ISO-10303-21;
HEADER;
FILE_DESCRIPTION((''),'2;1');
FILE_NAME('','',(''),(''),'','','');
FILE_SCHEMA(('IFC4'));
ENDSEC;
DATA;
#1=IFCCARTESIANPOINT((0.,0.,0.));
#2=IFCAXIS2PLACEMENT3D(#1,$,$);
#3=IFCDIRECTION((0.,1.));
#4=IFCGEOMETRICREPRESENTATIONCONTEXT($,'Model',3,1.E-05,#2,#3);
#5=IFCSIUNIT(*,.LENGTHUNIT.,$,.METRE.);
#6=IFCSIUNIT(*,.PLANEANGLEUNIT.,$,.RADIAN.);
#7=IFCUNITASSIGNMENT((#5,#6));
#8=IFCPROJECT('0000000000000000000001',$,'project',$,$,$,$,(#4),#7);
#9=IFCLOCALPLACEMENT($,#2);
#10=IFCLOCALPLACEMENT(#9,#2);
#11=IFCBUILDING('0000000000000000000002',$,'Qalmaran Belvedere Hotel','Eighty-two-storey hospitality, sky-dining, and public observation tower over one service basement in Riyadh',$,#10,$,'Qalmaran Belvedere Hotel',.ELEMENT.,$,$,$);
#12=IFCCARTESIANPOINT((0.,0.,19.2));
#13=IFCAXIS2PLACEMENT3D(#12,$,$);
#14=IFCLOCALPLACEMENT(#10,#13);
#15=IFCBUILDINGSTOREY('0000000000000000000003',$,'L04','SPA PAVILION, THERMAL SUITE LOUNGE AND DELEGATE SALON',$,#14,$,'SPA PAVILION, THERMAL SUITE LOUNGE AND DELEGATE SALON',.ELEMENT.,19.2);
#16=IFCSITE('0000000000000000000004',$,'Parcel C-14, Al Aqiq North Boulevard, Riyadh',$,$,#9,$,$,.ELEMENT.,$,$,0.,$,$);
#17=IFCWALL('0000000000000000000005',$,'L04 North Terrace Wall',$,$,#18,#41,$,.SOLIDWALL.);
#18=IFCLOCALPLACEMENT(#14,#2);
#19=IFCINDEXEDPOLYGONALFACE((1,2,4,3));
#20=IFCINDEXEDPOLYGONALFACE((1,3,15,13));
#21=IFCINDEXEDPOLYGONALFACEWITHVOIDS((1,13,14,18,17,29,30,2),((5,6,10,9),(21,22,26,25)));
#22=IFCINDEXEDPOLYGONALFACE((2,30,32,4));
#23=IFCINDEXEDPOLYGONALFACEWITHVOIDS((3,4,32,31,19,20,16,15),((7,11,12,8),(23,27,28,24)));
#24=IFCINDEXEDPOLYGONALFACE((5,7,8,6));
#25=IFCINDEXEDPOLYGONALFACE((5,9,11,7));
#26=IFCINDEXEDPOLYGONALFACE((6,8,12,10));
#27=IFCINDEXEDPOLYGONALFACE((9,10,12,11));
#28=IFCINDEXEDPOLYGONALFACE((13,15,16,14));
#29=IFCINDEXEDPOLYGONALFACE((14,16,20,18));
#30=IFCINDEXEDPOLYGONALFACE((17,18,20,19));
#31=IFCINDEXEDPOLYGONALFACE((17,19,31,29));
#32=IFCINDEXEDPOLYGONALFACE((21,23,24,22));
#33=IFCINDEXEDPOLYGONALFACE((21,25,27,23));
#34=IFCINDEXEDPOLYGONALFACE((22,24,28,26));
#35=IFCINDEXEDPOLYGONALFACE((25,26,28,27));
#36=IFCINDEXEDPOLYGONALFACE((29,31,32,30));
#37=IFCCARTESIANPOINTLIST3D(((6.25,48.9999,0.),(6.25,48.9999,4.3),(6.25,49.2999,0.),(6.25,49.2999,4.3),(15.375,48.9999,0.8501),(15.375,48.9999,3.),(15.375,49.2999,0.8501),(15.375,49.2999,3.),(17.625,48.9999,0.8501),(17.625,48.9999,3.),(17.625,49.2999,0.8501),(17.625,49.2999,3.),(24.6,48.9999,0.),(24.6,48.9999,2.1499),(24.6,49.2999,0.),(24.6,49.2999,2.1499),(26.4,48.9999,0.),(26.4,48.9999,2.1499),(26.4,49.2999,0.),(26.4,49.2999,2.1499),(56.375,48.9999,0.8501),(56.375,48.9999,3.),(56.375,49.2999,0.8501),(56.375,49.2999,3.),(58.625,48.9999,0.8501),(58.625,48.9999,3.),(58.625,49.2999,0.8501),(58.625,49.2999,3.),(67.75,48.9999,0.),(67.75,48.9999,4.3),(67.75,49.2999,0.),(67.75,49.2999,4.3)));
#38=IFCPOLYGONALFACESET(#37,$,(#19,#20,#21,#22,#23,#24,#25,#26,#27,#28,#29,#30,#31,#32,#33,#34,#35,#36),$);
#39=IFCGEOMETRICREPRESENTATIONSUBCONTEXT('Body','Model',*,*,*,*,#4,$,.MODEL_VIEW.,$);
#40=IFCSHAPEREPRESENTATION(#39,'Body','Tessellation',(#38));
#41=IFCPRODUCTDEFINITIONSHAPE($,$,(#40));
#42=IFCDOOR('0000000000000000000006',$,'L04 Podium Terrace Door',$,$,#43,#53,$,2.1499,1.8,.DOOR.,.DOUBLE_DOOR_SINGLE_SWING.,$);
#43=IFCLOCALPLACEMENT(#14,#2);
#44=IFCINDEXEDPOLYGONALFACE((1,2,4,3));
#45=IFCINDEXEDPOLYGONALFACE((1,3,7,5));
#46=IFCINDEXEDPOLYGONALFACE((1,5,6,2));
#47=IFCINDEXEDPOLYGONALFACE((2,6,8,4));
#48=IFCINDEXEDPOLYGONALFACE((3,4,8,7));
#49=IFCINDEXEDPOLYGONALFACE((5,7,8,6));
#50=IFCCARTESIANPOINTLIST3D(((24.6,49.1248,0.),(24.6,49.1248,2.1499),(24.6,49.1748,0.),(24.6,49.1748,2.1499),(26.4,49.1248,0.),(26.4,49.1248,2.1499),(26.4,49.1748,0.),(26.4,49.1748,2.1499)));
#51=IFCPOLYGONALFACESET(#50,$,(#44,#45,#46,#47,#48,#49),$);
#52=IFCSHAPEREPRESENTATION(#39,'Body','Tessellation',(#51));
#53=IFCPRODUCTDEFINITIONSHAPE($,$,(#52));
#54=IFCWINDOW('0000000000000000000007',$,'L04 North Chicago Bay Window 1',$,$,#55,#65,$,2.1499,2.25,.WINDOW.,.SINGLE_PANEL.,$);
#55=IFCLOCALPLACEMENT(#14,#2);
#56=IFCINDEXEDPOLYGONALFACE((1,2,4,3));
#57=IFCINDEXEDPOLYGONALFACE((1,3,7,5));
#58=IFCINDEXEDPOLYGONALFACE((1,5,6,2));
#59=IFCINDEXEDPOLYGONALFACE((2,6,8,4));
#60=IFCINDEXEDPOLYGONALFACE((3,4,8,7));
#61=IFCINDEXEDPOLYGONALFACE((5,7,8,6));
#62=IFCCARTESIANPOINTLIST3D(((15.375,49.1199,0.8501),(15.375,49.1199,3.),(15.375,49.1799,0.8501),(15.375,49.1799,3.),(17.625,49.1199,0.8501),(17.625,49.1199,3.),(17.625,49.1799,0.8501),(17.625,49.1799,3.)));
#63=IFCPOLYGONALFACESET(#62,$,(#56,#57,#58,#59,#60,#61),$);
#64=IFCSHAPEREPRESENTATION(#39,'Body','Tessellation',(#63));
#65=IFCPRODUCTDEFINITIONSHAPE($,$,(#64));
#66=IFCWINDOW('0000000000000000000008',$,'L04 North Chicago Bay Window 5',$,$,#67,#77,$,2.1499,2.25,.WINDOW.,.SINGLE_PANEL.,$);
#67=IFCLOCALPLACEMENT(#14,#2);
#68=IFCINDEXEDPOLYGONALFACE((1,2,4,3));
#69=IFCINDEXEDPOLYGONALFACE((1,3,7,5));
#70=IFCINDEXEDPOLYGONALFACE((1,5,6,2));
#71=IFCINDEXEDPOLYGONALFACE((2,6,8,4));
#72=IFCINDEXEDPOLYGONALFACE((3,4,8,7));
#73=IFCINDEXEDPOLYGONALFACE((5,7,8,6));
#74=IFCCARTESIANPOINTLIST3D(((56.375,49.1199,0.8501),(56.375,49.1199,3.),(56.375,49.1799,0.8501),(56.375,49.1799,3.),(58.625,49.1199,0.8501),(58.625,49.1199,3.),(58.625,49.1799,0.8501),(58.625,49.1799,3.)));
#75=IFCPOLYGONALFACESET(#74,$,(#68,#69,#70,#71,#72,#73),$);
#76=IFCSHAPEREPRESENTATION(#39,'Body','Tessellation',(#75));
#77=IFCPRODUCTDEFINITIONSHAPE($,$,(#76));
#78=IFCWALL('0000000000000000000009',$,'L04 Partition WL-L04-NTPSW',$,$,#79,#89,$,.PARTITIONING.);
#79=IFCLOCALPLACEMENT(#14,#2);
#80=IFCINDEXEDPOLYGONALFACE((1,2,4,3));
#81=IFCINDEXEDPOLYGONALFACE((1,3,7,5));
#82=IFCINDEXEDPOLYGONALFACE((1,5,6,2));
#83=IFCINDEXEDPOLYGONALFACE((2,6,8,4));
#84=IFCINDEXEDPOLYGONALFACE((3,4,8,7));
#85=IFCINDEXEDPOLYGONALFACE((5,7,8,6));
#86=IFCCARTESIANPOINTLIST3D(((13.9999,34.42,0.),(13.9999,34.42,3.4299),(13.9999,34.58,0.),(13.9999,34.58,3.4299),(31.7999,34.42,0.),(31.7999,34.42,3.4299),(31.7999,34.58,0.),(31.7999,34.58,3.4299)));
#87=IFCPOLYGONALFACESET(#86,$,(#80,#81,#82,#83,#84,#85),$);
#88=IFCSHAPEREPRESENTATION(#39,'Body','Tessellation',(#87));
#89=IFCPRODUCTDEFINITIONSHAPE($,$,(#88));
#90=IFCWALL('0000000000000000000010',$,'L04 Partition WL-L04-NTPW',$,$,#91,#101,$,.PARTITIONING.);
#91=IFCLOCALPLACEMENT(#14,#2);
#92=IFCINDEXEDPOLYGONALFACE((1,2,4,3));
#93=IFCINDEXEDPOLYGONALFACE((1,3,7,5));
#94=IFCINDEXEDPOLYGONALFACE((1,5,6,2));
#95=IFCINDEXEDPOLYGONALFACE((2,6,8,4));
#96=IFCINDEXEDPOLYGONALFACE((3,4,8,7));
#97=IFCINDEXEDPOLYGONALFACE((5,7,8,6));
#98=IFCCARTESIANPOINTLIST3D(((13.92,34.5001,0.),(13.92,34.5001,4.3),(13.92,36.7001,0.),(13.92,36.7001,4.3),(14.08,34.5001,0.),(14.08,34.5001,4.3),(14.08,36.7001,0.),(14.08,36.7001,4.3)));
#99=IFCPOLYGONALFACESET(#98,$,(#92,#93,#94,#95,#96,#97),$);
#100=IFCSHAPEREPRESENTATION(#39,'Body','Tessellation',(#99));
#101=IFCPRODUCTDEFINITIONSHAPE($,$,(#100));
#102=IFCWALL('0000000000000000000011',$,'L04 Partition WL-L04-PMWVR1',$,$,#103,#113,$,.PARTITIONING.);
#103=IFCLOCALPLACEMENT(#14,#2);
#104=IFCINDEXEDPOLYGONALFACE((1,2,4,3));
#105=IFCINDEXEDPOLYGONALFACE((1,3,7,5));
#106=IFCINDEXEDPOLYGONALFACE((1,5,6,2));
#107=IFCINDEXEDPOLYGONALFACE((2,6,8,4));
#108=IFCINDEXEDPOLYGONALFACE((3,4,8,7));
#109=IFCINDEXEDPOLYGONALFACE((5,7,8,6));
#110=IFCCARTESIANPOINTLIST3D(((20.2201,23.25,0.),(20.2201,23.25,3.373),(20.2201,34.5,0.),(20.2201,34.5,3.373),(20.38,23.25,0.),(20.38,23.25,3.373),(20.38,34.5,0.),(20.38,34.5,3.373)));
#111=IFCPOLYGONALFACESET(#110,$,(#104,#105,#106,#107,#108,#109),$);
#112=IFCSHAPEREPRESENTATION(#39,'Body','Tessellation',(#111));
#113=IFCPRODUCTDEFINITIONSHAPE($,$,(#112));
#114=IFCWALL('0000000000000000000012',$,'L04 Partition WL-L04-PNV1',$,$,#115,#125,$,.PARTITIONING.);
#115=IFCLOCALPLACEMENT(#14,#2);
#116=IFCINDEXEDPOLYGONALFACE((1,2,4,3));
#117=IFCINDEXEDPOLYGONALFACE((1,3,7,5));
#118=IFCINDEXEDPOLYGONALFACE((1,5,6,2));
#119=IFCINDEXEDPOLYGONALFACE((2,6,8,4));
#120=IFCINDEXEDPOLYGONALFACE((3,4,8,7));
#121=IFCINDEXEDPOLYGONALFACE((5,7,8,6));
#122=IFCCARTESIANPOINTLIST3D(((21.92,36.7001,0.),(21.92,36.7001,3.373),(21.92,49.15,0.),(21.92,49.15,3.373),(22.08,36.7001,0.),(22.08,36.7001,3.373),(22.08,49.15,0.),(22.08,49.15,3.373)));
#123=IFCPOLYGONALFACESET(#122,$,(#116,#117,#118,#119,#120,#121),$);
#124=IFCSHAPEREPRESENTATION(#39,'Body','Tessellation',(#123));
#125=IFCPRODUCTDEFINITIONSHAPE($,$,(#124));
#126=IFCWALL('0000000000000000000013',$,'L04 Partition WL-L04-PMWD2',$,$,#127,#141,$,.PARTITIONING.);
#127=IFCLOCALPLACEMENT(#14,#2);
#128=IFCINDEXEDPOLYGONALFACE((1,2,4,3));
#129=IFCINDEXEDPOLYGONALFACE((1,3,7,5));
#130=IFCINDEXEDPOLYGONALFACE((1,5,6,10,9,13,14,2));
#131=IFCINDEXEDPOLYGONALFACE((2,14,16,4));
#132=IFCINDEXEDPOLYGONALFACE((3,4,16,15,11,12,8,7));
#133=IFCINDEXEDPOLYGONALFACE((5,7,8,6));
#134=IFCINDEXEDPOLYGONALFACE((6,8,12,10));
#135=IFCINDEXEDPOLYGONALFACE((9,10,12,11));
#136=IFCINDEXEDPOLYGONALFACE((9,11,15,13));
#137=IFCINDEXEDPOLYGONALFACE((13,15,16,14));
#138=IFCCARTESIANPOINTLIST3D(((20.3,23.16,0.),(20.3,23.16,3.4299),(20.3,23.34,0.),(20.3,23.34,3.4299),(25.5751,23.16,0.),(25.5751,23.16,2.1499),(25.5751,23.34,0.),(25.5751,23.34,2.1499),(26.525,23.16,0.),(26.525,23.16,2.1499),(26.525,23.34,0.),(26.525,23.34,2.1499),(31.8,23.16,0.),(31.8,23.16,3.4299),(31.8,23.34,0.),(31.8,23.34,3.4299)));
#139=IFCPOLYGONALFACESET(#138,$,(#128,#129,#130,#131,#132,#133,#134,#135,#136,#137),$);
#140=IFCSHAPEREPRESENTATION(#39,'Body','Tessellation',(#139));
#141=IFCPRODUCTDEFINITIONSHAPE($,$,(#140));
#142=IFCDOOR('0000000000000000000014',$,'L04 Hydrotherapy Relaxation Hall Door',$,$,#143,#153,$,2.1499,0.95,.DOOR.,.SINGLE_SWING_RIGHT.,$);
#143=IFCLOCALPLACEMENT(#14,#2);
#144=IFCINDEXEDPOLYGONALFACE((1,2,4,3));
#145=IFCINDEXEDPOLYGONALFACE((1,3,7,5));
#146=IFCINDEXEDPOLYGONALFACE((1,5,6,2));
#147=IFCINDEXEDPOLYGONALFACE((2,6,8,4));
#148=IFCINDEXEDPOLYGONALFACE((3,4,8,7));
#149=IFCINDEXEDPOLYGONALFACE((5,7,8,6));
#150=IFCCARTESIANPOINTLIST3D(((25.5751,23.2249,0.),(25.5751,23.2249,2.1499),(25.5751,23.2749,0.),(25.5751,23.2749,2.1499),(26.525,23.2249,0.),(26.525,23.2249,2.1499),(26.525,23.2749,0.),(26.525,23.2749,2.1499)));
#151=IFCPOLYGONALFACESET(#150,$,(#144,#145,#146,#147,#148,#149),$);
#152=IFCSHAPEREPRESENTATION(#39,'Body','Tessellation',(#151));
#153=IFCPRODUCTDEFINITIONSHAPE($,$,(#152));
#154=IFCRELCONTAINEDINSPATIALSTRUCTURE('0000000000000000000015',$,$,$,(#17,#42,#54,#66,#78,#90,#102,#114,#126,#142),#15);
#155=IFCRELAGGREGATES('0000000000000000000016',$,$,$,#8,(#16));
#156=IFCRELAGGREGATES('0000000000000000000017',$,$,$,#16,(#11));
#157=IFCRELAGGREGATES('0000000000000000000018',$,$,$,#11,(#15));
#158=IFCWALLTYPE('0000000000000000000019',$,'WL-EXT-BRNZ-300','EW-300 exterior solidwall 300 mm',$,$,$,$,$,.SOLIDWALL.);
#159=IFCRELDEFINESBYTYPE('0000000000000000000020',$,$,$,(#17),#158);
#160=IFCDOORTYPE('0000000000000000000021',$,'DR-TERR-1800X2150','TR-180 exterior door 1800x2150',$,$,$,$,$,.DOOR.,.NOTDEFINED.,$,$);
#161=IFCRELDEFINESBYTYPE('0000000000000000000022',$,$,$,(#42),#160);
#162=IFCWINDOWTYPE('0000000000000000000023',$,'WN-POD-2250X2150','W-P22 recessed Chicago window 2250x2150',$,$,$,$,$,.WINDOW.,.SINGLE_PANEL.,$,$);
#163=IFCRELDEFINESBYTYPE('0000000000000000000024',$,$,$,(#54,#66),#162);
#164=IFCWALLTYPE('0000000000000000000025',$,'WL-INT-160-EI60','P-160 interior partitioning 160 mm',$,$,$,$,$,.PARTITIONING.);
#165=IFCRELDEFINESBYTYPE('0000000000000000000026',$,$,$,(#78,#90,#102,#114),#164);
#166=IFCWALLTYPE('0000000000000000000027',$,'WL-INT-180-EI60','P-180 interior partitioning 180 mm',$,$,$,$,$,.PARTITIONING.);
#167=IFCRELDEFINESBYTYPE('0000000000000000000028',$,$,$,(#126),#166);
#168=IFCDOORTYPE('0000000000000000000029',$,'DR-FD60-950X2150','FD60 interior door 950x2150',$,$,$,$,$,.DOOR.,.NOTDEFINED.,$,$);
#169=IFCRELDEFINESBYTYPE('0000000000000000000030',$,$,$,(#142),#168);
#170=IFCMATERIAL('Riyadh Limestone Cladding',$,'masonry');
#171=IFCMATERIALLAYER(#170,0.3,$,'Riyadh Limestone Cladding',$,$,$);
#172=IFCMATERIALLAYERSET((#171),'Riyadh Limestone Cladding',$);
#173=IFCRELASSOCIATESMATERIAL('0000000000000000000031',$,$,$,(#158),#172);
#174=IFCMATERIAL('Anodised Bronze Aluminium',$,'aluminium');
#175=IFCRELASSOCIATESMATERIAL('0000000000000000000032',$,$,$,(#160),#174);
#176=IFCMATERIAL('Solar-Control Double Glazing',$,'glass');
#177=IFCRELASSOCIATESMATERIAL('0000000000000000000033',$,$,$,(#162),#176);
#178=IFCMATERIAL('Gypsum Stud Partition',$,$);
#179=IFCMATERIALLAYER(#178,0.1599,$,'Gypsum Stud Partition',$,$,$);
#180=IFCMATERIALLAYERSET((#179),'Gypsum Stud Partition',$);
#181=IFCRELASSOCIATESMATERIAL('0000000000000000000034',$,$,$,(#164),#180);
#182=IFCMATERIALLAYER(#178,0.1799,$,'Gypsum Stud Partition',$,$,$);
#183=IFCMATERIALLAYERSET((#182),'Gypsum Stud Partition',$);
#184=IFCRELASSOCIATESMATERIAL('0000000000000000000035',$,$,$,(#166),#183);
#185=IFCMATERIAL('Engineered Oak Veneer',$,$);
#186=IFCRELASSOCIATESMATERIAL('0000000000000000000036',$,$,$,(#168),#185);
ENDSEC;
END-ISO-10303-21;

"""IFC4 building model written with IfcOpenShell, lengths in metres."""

from ifc_helpers import new_model, si_unit, direction, frame, frame_2d, origin, place, context, subcontext, project, spatial, rectangle, extrude, material, layer, layer_set, type_object, element, fill, save


model = new_model("IFC4")

# Units and contexts
model_context = context("Model", 3, precision=1e-05, world=origin(), true_north=direction((0.0, 1.0)))
body_context = subcontext(model_context, "Body", "Model", "MODEL_VIEW")
ifc_project = project(units=[si_unit("LENGTHUNIT", "METRE"), si_unit("PLANEANGLEUNIT", "RADIAN")], contexts=[model_context])

# Site, building, storey
site_placement = place(None, origin())
site = spatial("IfcSite", under=ifc_project, at=site_placement, Name="Parcel C-14, Al Aqiq North Boulevard, Riyadh", CompositionType="ELEMENT", RefElevation=0.0)
building_placement = place(site_placement, origin())
building = spatial("IfcBuilding", under=site, at=building_placement, Name="Qalmaran Belvedere Hotel", Description="Eighty-two-storey hospitality, sky-dining, and public observation tower over one service basement in Riyadh", LongName="Qalmaran Belvedere Hotel", CompositionType="ELEMENT")
storey_placement = place(building_placement, frame((0.0, 0.0, 19.2)))
storey = spatial("IfcBuildingStorey", under=building, at=storey_placement, Name="L04", Description="SPA PAVILION, THERMAL SUITE LOUNGE AND DELEGATE SALON", LongName="SPA PAVILION, THERMAL SUITE LOUNGE AND DELEGATE SALON", CompositionType="ELEMENT", Elevation=19.2)

# Wall, openings, door, windows
ifc_material_1 = material(Name="Riyadh Limestone Cladding", Category="masonry")
ifc_layer_1 = layer(ifc_material_1, 0.3, Name="Riyadh Limestone Cladding")
ifc_layer_set_1 = layer_set([ifc_layer_1], Name="Riyadh Limestone Cladding")
wall_type_1 = type_object("IfcWallType", Name="WL-EXT-BRNZ-300", Description="EW-300 exterior solidwall 300 mm", PredefinedType="SOLIDWALL", material=ifc_layer_set_1)
wall_1_placement = place(storey_placement, frame((6.25, 49.1499, 0.0), z_axis=(0.0, 0.0, 1.0), x_axis=(1.0, 0.0, 0.0)))
wall_1 = element("IfcWall", 1, at=wall_1_placement, inside=storey, type_object=wall_type_1, Name="L04 North Terrace Wall", PredefinedType="SOLIDWALL", context=body_context, shape_type="SweptSolid", body=[
    extrude(rectangle(XDim=61.5, YDim=0.3, at=frame_2d((30.75, 0.0))), origin(), (0.0, 0.0, 1.0), 4.3),
])
opening_1_placement = place(wall_1_placement, frame((18.3501, 0.0, 0.0)))
opening_1 = element("IfcOpeningElement", 2, at=opening_1_placement, cuts=wall_1, PredefinedType="OPENING", context=body_context, shape_type="SweptSolid", body=[
    extrude(rectangle(XDim=1.8, YDim=2.1499, at=frame_2d((0.8999, 1.075))), frame((0.0, 0.1602, 0.0), z_axis=(0.0, -1.0, 0.0), x_axis=(1.0, 0.0, 0.0)), (0.0, 0.0, 1.0), 0.3201),
])
opening_2_placement = place(wall_1_placement, frame((9.125, 0.0, 0.8501)))
opening_2 = element("IfcOpeningElement", 3, at=opening_2_placement, cuts=wall_1, PredefinedType="OPENING", context=body_context, shape_type="SweptSolid", body=[
    extrude(rectangle(XDim=2.25, YDim=2.1499, at=frame_2d((1.125, 1.075))), frame((0.0, 0.1602, 0.0), z_axis=(0.0, -1.0, 0.0), x_axis=(1.0, 0.0, 0.0)), (0.0, 0.0, 1.0), 0.3201),
])
opening_3_placement = place(wall_1_placement, frame((50.125, 0.0, 0.8501)))
opening_3 = element("IfcOpeningElement", 4, at=opening_3_placement, cuts=wall_1, PredefinedType="OPENING", context=body_context, shape_type="SweptSolid", body=[
    extrude(rectangle(XDim=2.25, YDim=2.1499, at=frame_2d((1.125, 1.075))), frame((0.0, 0.1602, 0.0), z_axis=(0.0, -1.0, 0.0), x_axis=(1.0, 0.0, 0.0)), (0.0, 0.0, 1.0), 0.3201),
])
ifc_material_2 = material(Name="Anodised Bronze Aluminium", Category="aluminium")
door_type_1 = type_object("IfcDoorType", Name="DR-TERR-1800X2150", Description="TR-180 exterior door 1800x2150", OperationType="NOTDEFINED", PredefinedType="DOOR", material=ifc_material_2)
door_1_placement = place(opening_1_placement, origin())
door_1 = element("IfcDoor", 5, at=door_1_placement, inside=storey, type_object=door_type_1, Name="L04 Podium Terrace Door", OperationType="DOUBLE_DOOR_SINGLE_SWING", OverallHeight=2.1499, OverallWidth=1.8, PredefinedType="DOOR", context=body_context, shape_type="SweptSolid", body=[
    extrude(rectangle(XDim=1.8, YDim=2.1499, at=frame_2d((0.8999, 1.075))), frame((0.0, 0.0249, 0.0), z_axis=(0.0, -1.0, 0.0), x_axis=(1.0, 0.0, 0.0)), (0.0, 0.0, 1.0), 0.05),
])
fill(opening_1, door_1)
ifc_material_3 = material(Name="Solar-Control Double Glazing", Category="glass")
window_type = type_object("IfcWindowType", Name="WN-POD-2250X2150", Description="W-P22 recessed Chicago window 2250x2150", PartitioningType="SINGLE_PANEL", PredefinedType="WINDOW", material=ifc_material_3)
window_1_placement = place(opening_2_placement, origin())
window_1 = element("IfcWindow", 6, at=window_1_placement, inside=storey, type_object=window_type, Name="L04 North Chicago Bay Window 1", OverallHeight=2.1499, OverallWidth=2.25, PartitioningType="SINGLE_PANEL", PredefinedType="WINDOW", context=body_context, shape_type="SweptSolid", body=[
    extrude(rectangle(XDim=2.25, YDim=2.1499, at=frame_2d((1.125, 1.075))), frame((0.0, 0.03, 0.0), z_axis=(0.0, -1.0, 0.0), x_axis=(1.0, 0.0, 0.0)), (0.0, 0.0, 1.0), 0.0601),
])
fill(opening_2, window_1)
window_2_placement = place(opening_3_placement, origin())
window_2 = element("IfcWindow", 7, at=window_2_placement, inside=storey, type_object=window_type, Name="L04 North Chicago Bay Window 5", OverallHeight=2.1499, OverallWidth=2.25, PartitioningType="SINGLE_PANEL", PredefinedType="WINDOW", context=body_context, shape_type="SweptSolid", body=[
    extrude(rectangle(XDim=2.25, YDim=2.1499, at=frame_2d((1.125, 1.075))), frame((0.0, 0.03, 0.0), z_axis=(0.0, -1.0, 0.0), x_axis=(1.0, 0.0, 0.0)), (0.0, 0.0, 1.0), 0.0601),
])
fill(opening_3, window_2)

# Walls
ifc_material_4 = material(Name="Gypsum Stud Partition")
ifc_layer_2 = layer(ifc_material_4, 0.1599, Name="Gypsum Stud Partition")
ifc_layer_set_2 = layer_set([ifc_layer_2], Name="Gypsum Stud Partition")
wall_type_2 = type_object("IfcWallType", Name="WL-INT-160-EI60", Description="P-160 interior partitioning 160 mm", PredefinedType="PARTITIONING", material=ifc_layer_set_2)
wall_2_placement = place(storey_placement, frame((14.0, 34.5, 0.0), z_axis=(0.0, 0.0, 1.0), x_axis=(1.0, 0.0, 0.0)))
element("IfcWall", 8, at=wall_2_placement, inside=storey, type_object=wall_type_2, Name="L04 Partition WL-L04-NTPSW", PredefinedType="PARTITIONING", context=body_context, shape_type="SweptSolid", body=[
    extrude(rectangle(XDim=17.8, YDim=0.1599, at=frame_2d((8.8999, 0.0))), origin(), (0.0, 0.0, 1.0), 3.4299),
])
wall_3_placement = place(storey_placement, frame((14.0, 34.5, 0.0), z_axis=(0.0, 0.0, 1.0), x_axis=(0.0, 1.0, 0.0)))
element("IfcWall", 9, at=wall_3_placement, inside=storey, type_object=wall_type_2, Name="L04 Partition WL-L04-NTPW", PredefinedType="PARTITIONING", context=body_context, shape_type="SweptSolid", body=[
    extrude(rectangle(XDim=2.2, YDim=0.1599, at=frame_2d((1.1001, 0.0))), origin(), (0.0, 0.0, 1.0), 4.3),
])
wall_4_placement = place(storey_placement, frame((20.3, 23.25, 0.0), z_axis=(0.0, 0.0, 1.0), x_axis=(0.0, 1.0, 0.0)))
element("IfcWall", 10, at=wall_4_placement, inside=storey, type_object=wall_type_2, Name="L04 Partition WL-L04-PMWVR1", PredefinedType="PARTITIONING", context=body_context, shape_type="SweptSolid", body=[
    extrude(rectangle(XDim=11.25, YDim=0.1599, at=frame_2d((5.625, 0.0))), origin(), (0.0, 0.0, 1.0), 3.373),
])
wall_5_placement = place(storey_placement, frame((22.0, 36.7, 0.0), z_axis=(0.0, 0.0, 1.0), x_axis=(0.0, 1.0, 0.0)))
element("IfcWall", 11, at=wall_5_placement, inside=storey, type_object=wall_type_2, Name="L04 Partition WL-L04-PNV1", PredefinedType="PARTITIONING", context=body_context, shape_type="SweptSolid", body=[
    extrude(rectangle(XDim=12.45, YDim=0.1599, at=frame_2d((6.2251, 0.0))), origin(), (0.0, 0.0, 1.0), 3.373),
])

# Wall, opening, door
ifc_layer_3 = layer(ifc_material_4, 0.1799, Name="Gypsum Stud Partition")
ifc_layer_set_3 = layer_set([ifc_layer_3], Name="Gypsum Stud Partition")
wall_type_3 = type_object("IfcWallType", Name="WL-INT-180-EI60", Description="P-180 interior partitioning 180 mm", PredefinedType="PARTITIONING", material=ifc_layer_set_3)
wall_6_placement = place(storey_placement, frame((20.3, 23.25, 0.0), z_axis=(0.0, 0.0, 1.0), x_axis=(1.0, 0.0, 0.0)))
wall_6 = element("IfcWall", 12, at=wall_6_placement, inside=storey, type_object=wall_type_3, Name="L04 Partition WL-L04-PMWD2", PredefinedType="PARTITIONING", context=body_context, shape_type="SweptSolid", body=[
    extrude(rectangle(XDim=11.5, YDim=0.1799, at=frame_2d((5.75, 0.0))), origin(), (0.0, 0.0, 1.0), 3.4299),
])
opening_4_placement = place(wall_6_placement, frame((5.2749, 0.0, 0.0)))
opening_4 = element("IfcOpeningElement", 13, at=opening_4_placement, cuts=wall_6, PredefinedType="OPENING", context=body_context, shape_type="SweptSolid", body=[
    extrude(rectangle(XDim=0.95, YDim=2.1499, at=frame_2d((0.4751, 1.075))), frame((0.0, 0.1001, 0.0), z_axis=(0.0, -1.0, 0.0), x_axis=(1.0, 0.0, 0.0)), (0.0, 0.0, 1.0), 0.2),
])
ifc_material_5 = material(Name="Engineered Oak Veneer")
door_type_2 = type_object("IfcDoorType", Name="DR-FD60-950X2150", Description="FD60 interior door 950x2150", OperationType="NOTDEFINED", PredefinedType="DOOR", material=ifc_material_5)
door_2_placement = place(opening_4_placement, origin())
door_2 = element("IfcDoor", 14, at=door_2_placement, inside=storey, type_object=door_type_2, Name="L04 Hydrotherapy Relaxation Hall Door", OperationType="SINGLE_SWING_RIGHT", OverallHeight=2.1499, OverallWidth=0.95, PredefinedType="DOOR", context=body_context, shape_type="SweptSolid", body=[
    extrude(rectangle(XDim=0.95, YDim=2.1499, at=frame_2d((0.4751, 1.075))), frame((0.0, 0.0249, 0.0), z_axis=(0.0, -1.0, 0.0), x_axis=(1.0, 0.0, 0.0)), (0.0, 0.0, 1.0), 0.05),
])
fill(opening_4, door_2)

save(model, "model.ifc")
